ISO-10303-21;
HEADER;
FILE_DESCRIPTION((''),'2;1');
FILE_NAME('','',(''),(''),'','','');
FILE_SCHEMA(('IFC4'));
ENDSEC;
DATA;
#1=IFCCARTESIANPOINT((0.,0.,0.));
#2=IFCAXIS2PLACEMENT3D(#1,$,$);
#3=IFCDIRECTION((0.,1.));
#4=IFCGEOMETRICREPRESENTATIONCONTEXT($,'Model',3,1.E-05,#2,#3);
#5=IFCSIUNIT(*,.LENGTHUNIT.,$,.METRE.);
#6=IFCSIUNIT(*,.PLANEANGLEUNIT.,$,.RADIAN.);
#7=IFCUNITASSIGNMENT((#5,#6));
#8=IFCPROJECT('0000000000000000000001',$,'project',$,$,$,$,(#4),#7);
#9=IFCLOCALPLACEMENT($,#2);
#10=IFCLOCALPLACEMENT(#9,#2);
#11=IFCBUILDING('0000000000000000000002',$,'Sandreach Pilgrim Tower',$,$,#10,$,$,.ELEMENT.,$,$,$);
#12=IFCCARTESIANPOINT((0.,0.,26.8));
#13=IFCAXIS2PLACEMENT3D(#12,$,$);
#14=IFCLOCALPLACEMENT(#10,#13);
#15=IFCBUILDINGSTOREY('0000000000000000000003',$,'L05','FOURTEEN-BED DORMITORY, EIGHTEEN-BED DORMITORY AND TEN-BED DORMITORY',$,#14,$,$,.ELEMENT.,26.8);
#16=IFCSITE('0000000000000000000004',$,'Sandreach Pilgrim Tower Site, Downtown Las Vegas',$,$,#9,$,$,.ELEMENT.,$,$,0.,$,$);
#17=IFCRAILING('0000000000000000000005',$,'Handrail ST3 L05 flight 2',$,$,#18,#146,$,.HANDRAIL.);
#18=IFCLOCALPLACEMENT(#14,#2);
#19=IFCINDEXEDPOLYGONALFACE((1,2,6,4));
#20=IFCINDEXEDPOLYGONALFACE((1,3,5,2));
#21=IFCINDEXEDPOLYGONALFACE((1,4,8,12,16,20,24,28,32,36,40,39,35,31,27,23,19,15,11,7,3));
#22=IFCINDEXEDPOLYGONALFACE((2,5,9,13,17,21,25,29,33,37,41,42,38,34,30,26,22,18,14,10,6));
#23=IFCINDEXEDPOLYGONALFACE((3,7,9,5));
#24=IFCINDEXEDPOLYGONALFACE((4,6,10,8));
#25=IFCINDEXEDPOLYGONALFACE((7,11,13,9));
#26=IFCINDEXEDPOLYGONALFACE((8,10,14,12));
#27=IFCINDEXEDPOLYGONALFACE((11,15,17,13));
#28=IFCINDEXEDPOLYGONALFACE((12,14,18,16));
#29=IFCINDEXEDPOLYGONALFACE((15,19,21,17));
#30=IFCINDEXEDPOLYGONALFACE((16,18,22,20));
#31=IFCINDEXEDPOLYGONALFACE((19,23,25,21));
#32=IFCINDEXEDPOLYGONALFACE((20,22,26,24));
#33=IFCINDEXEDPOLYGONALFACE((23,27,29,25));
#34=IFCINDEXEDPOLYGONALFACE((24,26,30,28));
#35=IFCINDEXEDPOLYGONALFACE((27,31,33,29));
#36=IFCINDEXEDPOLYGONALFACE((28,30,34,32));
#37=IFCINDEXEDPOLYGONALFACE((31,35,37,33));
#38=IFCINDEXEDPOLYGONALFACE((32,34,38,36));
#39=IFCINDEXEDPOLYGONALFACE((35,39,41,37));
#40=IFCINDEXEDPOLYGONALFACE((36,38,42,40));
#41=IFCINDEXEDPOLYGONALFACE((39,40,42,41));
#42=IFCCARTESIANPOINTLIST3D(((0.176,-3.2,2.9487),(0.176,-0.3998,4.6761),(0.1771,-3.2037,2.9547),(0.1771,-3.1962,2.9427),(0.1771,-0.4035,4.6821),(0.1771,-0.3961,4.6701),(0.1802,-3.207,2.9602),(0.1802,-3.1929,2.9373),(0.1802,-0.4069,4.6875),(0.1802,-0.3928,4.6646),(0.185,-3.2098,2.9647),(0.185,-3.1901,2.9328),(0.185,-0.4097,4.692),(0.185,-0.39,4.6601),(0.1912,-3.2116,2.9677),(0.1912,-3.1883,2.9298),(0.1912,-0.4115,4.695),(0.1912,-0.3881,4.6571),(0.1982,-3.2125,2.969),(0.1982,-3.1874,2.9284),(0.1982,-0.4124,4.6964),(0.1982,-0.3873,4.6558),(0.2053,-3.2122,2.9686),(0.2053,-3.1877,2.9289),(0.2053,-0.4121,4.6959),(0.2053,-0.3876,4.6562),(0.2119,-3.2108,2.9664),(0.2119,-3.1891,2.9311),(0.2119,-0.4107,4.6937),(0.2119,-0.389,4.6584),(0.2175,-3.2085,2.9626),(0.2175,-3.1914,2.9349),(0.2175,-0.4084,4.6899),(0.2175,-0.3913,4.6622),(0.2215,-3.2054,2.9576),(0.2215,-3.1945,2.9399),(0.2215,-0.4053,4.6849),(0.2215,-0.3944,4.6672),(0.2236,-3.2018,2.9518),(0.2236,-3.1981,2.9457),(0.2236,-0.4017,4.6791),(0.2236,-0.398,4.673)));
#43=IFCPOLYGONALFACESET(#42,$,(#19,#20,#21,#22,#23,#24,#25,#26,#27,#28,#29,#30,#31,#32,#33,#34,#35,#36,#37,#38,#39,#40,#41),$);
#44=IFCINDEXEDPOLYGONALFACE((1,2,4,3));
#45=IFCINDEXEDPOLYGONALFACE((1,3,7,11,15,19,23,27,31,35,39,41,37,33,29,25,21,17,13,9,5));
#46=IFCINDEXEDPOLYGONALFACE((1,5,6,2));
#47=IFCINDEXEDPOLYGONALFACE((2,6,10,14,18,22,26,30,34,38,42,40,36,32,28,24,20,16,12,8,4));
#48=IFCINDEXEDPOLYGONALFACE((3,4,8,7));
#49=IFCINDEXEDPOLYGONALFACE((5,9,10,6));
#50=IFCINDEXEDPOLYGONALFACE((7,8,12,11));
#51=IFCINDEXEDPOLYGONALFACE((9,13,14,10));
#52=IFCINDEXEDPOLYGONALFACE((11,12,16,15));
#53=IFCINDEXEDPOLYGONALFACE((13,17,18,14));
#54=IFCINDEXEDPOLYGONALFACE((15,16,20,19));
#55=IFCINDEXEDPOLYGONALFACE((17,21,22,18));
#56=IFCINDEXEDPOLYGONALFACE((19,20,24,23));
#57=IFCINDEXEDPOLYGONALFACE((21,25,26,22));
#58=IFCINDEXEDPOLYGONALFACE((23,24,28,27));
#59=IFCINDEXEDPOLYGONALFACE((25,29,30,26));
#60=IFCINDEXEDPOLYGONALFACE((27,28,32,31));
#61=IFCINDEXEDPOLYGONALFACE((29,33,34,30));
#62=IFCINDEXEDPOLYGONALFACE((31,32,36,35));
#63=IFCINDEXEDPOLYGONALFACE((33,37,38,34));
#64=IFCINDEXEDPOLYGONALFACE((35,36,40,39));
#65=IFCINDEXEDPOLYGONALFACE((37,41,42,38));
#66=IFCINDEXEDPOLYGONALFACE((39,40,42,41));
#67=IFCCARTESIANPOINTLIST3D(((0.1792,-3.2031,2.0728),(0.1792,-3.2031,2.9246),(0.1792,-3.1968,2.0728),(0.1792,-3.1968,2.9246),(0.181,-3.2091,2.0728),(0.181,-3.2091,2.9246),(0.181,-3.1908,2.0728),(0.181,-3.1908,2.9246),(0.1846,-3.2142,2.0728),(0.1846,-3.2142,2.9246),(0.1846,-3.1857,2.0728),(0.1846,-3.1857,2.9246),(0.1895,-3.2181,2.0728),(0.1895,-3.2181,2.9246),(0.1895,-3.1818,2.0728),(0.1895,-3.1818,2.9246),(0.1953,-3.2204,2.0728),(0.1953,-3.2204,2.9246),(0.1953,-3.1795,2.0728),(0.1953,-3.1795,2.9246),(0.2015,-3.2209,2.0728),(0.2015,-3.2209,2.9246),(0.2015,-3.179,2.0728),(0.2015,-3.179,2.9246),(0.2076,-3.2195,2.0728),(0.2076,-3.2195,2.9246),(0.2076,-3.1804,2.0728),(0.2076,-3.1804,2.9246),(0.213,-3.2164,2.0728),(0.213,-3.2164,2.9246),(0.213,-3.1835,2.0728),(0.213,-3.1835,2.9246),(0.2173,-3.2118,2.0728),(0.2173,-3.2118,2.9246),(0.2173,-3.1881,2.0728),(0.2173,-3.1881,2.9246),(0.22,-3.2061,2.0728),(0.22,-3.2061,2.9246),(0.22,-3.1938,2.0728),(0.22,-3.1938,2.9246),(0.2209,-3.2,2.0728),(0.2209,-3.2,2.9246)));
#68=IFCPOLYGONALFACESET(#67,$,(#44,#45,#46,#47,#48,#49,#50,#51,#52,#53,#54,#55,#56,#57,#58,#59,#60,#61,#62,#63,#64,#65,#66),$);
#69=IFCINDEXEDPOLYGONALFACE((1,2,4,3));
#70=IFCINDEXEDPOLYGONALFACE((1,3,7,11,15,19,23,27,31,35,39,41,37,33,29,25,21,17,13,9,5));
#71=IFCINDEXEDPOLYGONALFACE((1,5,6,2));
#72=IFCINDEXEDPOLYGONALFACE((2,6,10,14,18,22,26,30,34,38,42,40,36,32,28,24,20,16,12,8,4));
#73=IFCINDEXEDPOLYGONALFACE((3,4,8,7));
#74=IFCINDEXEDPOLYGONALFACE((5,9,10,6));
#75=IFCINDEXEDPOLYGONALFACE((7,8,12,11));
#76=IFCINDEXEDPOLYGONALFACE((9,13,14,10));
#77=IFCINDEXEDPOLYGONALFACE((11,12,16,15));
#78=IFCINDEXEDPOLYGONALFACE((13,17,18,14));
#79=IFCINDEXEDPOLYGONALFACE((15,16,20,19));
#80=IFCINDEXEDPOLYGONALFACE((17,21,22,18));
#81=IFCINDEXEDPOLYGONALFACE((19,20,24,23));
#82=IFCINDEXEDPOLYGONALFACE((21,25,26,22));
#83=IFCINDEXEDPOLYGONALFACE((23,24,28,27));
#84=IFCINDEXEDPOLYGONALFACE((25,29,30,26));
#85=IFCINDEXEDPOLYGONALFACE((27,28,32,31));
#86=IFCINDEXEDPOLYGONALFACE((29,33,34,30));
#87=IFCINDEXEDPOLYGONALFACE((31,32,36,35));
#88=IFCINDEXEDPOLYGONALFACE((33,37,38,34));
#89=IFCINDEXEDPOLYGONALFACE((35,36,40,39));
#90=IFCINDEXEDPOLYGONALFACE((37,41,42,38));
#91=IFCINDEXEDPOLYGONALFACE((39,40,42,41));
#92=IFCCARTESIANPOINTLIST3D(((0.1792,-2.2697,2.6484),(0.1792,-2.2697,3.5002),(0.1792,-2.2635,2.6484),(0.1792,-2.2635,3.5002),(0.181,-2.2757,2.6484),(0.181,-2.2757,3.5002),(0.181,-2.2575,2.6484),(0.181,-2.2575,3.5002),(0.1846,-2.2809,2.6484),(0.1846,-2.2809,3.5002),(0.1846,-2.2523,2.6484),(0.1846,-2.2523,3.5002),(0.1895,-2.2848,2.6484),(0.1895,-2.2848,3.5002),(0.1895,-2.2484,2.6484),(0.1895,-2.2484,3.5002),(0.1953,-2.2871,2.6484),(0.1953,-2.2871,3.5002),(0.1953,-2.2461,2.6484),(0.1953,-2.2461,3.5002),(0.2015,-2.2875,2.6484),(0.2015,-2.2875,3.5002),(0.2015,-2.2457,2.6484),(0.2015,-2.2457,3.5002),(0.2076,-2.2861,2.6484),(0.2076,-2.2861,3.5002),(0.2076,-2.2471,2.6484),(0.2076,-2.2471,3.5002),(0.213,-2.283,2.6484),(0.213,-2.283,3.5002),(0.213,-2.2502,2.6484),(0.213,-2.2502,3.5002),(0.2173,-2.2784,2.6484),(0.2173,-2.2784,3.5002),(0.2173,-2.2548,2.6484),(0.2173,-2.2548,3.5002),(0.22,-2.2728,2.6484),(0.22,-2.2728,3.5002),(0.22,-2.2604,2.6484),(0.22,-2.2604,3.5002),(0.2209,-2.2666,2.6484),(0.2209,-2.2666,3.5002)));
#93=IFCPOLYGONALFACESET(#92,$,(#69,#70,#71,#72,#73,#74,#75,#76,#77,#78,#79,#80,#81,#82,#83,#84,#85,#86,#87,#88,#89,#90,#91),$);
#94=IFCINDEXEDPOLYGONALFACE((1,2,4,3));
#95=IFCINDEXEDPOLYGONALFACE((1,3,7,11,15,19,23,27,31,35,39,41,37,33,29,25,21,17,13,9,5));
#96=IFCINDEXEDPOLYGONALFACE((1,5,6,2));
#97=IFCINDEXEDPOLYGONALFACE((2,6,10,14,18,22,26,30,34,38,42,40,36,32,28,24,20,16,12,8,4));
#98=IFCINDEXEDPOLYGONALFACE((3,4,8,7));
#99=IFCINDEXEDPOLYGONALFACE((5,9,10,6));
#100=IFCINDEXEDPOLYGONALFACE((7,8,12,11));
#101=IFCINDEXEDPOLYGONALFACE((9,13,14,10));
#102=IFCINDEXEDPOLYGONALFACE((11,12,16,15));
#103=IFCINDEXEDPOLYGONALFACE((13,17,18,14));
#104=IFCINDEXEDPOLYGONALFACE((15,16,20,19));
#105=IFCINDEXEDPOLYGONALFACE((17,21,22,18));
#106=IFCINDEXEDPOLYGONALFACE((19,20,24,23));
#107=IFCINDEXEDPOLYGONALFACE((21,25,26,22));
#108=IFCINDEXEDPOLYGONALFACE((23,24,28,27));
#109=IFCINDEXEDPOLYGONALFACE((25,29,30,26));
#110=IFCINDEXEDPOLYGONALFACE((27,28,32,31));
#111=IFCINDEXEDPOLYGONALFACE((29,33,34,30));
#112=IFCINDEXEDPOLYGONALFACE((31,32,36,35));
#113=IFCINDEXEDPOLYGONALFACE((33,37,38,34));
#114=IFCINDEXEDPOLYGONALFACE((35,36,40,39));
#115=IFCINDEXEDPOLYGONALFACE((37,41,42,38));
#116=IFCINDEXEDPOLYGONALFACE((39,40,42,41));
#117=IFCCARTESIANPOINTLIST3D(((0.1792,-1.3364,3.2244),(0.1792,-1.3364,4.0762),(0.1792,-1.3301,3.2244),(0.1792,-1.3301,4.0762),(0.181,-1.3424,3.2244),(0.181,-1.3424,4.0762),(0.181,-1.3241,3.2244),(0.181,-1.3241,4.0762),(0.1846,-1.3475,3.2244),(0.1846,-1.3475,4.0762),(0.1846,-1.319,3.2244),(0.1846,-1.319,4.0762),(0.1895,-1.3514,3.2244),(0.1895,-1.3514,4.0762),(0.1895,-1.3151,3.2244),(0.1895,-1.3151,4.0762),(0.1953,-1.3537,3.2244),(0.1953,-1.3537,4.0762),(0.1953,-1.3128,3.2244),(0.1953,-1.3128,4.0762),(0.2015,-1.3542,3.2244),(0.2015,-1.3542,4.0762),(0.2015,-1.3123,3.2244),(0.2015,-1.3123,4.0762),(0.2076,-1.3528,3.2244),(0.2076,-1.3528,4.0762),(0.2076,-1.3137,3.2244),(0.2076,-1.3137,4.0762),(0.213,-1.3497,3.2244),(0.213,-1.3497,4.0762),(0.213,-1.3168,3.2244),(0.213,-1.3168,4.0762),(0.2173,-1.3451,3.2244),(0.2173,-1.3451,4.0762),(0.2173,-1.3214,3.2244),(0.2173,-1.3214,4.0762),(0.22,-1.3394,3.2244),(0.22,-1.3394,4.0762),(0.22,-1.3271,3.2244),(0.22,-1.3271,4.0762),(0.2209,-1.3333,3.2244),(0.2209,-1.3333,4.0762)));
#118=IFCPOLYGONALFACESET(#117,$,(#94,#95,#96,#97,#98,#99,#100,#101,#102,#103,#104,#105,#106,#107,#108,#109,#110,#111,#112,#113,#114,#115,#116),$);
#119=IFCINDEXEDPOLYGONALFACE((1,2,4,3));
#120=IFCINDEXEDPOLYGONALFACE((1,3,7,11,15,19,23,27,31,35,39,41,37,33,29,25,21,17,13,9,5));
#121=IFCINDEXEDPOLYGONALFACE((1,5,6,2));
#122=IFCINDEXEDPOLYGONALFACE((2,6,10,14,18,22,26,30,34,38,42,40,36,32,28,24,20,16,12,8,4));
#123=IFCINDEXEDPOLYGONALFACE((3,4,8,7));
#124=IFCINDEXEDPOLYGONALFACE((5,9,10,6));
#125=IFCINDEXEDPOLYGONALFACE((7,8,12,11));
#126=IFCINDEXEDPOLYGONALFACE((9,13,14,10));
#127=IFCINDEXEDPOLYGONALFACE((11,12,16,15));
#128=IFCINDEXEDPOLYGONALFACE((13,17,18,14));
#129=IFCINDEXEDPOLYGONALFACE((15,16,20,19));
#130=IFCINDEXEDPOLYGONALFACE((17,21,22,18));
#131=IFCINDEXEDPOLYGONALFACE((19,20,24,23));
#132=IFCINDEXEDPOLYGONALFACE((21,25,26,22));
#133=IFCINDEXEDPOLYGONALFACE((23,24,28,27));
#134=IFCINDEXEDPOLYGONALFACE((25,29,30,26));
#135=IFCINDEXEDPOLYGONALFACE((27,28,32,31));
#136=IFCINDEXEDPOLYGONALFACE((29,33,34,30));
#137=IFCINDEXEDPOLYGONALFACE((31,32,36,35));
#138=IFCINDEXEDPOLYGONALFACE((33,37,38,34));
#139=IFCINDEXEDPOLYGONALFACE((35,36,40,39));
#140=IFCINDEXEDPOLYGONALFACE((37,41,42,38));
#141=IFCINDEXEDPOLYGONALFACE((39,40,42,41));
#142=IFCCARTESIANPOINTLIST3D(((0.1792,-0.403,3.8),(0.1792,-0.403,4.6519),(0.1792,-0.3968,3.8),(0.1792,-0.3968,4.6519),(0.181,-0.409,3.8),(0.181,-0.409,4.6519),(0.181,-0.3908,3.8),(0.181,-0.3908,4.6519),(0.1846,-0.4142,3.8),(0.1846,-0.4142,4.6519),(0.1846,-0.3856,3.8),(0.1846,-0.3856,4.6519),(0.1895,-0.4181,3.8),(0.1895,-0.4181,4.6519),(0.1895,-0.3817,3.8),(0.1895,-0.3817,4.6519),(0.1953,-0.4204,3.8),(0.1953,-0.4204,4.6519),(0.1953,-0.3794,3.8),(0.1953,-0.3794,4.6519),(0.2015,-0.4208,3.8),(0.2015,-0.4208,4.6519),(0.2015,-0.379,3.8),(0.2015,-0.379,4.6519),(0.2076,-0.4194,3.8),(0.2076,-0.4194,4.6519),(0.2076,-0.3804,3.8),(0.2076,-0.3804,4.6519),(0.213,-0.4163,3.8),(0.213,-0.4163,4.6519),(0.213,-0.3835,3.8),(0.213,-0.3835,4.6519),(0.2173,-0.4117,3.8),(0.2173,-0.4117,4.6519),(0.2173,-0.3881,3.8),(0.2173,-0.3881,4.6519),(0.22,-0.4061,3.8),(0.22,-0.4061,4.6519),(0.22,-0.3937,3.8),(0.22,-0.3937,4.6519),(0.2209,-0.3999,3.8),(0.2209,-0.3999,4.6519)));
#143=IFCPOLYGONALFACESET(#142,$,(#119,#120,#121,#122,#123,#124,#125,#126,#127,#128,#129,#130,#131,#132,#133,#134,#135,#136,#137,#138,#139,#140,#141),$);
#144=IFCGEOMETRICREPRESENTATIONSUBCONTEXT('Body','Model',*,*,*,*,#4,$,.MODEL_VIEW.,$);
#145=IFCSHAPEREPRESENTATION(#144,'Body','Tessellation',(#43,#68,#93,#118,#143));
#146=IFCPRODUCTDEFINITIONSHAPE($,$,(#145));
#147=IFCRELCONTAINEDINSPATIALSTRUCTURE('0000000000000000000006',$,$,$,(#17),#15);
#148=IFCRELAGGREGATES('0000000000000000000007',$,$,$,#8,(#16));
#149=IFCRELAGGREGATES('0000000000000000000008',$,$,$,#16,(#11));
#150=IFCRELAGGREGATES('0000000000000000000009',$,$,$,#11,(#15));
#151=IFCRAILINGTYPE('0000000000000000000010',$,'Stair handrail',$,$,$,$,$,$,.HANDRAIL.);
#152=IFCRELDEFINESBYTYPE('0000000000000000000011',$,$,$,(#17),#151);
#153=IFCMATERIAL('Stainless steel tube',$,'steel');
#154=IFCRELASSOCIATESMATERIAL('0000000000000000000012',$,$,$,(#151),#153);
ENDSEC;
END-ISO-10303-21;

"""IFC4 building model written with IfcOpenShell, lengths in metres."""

from ifc_helpers import new_model, si_unit, direction, frame, origin, origin_2d, place, context, subcontext, project, spatial, circle, extrude, material, type_object, element, save


model = new_model("IFC4")

# Units and contexts
model_context = context("Model", 3, precision=1e-05, world=origin(), true_north=direction((0.0, 1.0)))
body_context = subcontext(model_context, "Body", "Model", "MODEL_VIEW")
ifc_project = project(units=[si_unit("LENGTHUNIT", "METRE"), si_unit("PLANEANGLEUNIT", "RADIAN")], contexts=[model_context])

# Site, building, storey
site_placement = place(None, origin())
site = spatial("IfcSite", under=ifc_project, at=site_placement, Name="Sandreach Pilgrim Tower Site, Downtown Las Vegas", CompositionType="ELEMENT", RefElevation=0.0)
building_placement = place(site_placement, origin())
building = spatial("IfcBuilding", under=site, at=building_placement, Name="Sandreach Pilgrim Tower", CompositionType="ELEMENT")
storey_placement = place(building_placement, frame((0.0, 0.0, 26.8)))
storey = spatial("IfcBuildingStorey", under=building, at=storey_placement, Name="L05", Description="FOURTEEN-BED DORMITORY, EIGHTEEN-BED DORMITORY AND TEN-BED DORMITORY", CompositionType="ELEMENT", Elevation=26.8)

# Railing
ifc_material_1 = material(Name="Stainless steel tube", Category="steel")
railing_type = type_object("IfcRailingType", Name="Stair handrail", PredefinedType="HANDRAIL", material=ifc_material_1)
for number, where, name in (
    (1, (0.2, -3.2, 2.0728), "Handrail ST3 L05 flight 2"),
):
    element("IfcRailing", number, at=place(storey_placement, frame(where)), inside=storey, type_object=railing_type, Name=name, PredefinedType="HANDRAIL", context=body_context, shape_type="SweptSolid", body=[
        extrude(circle(Radius=0.0239, at=origin_2d()), frame((0.0, 0.0, 0.876), z_axis=(0.0, 0.85109, 0.52502), x_axis=(-1.0, 0.0, 0.0)), (0.0, 0.0, 1.0), 3.29),
        extrude(circle(Radius=0.021, at=origin_2d()), origin(), (0.0, 0.0, 1.0), 0.8518),
        extrude(circle(Radius=0.021, at=origin_2d()), frame((0.0, 0.9333, 0.5757)), (0.0, 0.0, 1.0), 0.8518),
        extrude(circle(Radius=0.021, at=origin_2d()), frame((0.0, 1.8667, 1.1516)), (0.0, 0.0, 1.0), 0.8518),
        extrude(circle(Radius=0.021, at=origin_2d()), frame((0.0, 2.8, 1.7273)), (0.0, 0.0, 1.0), 0.8518),
    ])

save(model, "model.ifc")
